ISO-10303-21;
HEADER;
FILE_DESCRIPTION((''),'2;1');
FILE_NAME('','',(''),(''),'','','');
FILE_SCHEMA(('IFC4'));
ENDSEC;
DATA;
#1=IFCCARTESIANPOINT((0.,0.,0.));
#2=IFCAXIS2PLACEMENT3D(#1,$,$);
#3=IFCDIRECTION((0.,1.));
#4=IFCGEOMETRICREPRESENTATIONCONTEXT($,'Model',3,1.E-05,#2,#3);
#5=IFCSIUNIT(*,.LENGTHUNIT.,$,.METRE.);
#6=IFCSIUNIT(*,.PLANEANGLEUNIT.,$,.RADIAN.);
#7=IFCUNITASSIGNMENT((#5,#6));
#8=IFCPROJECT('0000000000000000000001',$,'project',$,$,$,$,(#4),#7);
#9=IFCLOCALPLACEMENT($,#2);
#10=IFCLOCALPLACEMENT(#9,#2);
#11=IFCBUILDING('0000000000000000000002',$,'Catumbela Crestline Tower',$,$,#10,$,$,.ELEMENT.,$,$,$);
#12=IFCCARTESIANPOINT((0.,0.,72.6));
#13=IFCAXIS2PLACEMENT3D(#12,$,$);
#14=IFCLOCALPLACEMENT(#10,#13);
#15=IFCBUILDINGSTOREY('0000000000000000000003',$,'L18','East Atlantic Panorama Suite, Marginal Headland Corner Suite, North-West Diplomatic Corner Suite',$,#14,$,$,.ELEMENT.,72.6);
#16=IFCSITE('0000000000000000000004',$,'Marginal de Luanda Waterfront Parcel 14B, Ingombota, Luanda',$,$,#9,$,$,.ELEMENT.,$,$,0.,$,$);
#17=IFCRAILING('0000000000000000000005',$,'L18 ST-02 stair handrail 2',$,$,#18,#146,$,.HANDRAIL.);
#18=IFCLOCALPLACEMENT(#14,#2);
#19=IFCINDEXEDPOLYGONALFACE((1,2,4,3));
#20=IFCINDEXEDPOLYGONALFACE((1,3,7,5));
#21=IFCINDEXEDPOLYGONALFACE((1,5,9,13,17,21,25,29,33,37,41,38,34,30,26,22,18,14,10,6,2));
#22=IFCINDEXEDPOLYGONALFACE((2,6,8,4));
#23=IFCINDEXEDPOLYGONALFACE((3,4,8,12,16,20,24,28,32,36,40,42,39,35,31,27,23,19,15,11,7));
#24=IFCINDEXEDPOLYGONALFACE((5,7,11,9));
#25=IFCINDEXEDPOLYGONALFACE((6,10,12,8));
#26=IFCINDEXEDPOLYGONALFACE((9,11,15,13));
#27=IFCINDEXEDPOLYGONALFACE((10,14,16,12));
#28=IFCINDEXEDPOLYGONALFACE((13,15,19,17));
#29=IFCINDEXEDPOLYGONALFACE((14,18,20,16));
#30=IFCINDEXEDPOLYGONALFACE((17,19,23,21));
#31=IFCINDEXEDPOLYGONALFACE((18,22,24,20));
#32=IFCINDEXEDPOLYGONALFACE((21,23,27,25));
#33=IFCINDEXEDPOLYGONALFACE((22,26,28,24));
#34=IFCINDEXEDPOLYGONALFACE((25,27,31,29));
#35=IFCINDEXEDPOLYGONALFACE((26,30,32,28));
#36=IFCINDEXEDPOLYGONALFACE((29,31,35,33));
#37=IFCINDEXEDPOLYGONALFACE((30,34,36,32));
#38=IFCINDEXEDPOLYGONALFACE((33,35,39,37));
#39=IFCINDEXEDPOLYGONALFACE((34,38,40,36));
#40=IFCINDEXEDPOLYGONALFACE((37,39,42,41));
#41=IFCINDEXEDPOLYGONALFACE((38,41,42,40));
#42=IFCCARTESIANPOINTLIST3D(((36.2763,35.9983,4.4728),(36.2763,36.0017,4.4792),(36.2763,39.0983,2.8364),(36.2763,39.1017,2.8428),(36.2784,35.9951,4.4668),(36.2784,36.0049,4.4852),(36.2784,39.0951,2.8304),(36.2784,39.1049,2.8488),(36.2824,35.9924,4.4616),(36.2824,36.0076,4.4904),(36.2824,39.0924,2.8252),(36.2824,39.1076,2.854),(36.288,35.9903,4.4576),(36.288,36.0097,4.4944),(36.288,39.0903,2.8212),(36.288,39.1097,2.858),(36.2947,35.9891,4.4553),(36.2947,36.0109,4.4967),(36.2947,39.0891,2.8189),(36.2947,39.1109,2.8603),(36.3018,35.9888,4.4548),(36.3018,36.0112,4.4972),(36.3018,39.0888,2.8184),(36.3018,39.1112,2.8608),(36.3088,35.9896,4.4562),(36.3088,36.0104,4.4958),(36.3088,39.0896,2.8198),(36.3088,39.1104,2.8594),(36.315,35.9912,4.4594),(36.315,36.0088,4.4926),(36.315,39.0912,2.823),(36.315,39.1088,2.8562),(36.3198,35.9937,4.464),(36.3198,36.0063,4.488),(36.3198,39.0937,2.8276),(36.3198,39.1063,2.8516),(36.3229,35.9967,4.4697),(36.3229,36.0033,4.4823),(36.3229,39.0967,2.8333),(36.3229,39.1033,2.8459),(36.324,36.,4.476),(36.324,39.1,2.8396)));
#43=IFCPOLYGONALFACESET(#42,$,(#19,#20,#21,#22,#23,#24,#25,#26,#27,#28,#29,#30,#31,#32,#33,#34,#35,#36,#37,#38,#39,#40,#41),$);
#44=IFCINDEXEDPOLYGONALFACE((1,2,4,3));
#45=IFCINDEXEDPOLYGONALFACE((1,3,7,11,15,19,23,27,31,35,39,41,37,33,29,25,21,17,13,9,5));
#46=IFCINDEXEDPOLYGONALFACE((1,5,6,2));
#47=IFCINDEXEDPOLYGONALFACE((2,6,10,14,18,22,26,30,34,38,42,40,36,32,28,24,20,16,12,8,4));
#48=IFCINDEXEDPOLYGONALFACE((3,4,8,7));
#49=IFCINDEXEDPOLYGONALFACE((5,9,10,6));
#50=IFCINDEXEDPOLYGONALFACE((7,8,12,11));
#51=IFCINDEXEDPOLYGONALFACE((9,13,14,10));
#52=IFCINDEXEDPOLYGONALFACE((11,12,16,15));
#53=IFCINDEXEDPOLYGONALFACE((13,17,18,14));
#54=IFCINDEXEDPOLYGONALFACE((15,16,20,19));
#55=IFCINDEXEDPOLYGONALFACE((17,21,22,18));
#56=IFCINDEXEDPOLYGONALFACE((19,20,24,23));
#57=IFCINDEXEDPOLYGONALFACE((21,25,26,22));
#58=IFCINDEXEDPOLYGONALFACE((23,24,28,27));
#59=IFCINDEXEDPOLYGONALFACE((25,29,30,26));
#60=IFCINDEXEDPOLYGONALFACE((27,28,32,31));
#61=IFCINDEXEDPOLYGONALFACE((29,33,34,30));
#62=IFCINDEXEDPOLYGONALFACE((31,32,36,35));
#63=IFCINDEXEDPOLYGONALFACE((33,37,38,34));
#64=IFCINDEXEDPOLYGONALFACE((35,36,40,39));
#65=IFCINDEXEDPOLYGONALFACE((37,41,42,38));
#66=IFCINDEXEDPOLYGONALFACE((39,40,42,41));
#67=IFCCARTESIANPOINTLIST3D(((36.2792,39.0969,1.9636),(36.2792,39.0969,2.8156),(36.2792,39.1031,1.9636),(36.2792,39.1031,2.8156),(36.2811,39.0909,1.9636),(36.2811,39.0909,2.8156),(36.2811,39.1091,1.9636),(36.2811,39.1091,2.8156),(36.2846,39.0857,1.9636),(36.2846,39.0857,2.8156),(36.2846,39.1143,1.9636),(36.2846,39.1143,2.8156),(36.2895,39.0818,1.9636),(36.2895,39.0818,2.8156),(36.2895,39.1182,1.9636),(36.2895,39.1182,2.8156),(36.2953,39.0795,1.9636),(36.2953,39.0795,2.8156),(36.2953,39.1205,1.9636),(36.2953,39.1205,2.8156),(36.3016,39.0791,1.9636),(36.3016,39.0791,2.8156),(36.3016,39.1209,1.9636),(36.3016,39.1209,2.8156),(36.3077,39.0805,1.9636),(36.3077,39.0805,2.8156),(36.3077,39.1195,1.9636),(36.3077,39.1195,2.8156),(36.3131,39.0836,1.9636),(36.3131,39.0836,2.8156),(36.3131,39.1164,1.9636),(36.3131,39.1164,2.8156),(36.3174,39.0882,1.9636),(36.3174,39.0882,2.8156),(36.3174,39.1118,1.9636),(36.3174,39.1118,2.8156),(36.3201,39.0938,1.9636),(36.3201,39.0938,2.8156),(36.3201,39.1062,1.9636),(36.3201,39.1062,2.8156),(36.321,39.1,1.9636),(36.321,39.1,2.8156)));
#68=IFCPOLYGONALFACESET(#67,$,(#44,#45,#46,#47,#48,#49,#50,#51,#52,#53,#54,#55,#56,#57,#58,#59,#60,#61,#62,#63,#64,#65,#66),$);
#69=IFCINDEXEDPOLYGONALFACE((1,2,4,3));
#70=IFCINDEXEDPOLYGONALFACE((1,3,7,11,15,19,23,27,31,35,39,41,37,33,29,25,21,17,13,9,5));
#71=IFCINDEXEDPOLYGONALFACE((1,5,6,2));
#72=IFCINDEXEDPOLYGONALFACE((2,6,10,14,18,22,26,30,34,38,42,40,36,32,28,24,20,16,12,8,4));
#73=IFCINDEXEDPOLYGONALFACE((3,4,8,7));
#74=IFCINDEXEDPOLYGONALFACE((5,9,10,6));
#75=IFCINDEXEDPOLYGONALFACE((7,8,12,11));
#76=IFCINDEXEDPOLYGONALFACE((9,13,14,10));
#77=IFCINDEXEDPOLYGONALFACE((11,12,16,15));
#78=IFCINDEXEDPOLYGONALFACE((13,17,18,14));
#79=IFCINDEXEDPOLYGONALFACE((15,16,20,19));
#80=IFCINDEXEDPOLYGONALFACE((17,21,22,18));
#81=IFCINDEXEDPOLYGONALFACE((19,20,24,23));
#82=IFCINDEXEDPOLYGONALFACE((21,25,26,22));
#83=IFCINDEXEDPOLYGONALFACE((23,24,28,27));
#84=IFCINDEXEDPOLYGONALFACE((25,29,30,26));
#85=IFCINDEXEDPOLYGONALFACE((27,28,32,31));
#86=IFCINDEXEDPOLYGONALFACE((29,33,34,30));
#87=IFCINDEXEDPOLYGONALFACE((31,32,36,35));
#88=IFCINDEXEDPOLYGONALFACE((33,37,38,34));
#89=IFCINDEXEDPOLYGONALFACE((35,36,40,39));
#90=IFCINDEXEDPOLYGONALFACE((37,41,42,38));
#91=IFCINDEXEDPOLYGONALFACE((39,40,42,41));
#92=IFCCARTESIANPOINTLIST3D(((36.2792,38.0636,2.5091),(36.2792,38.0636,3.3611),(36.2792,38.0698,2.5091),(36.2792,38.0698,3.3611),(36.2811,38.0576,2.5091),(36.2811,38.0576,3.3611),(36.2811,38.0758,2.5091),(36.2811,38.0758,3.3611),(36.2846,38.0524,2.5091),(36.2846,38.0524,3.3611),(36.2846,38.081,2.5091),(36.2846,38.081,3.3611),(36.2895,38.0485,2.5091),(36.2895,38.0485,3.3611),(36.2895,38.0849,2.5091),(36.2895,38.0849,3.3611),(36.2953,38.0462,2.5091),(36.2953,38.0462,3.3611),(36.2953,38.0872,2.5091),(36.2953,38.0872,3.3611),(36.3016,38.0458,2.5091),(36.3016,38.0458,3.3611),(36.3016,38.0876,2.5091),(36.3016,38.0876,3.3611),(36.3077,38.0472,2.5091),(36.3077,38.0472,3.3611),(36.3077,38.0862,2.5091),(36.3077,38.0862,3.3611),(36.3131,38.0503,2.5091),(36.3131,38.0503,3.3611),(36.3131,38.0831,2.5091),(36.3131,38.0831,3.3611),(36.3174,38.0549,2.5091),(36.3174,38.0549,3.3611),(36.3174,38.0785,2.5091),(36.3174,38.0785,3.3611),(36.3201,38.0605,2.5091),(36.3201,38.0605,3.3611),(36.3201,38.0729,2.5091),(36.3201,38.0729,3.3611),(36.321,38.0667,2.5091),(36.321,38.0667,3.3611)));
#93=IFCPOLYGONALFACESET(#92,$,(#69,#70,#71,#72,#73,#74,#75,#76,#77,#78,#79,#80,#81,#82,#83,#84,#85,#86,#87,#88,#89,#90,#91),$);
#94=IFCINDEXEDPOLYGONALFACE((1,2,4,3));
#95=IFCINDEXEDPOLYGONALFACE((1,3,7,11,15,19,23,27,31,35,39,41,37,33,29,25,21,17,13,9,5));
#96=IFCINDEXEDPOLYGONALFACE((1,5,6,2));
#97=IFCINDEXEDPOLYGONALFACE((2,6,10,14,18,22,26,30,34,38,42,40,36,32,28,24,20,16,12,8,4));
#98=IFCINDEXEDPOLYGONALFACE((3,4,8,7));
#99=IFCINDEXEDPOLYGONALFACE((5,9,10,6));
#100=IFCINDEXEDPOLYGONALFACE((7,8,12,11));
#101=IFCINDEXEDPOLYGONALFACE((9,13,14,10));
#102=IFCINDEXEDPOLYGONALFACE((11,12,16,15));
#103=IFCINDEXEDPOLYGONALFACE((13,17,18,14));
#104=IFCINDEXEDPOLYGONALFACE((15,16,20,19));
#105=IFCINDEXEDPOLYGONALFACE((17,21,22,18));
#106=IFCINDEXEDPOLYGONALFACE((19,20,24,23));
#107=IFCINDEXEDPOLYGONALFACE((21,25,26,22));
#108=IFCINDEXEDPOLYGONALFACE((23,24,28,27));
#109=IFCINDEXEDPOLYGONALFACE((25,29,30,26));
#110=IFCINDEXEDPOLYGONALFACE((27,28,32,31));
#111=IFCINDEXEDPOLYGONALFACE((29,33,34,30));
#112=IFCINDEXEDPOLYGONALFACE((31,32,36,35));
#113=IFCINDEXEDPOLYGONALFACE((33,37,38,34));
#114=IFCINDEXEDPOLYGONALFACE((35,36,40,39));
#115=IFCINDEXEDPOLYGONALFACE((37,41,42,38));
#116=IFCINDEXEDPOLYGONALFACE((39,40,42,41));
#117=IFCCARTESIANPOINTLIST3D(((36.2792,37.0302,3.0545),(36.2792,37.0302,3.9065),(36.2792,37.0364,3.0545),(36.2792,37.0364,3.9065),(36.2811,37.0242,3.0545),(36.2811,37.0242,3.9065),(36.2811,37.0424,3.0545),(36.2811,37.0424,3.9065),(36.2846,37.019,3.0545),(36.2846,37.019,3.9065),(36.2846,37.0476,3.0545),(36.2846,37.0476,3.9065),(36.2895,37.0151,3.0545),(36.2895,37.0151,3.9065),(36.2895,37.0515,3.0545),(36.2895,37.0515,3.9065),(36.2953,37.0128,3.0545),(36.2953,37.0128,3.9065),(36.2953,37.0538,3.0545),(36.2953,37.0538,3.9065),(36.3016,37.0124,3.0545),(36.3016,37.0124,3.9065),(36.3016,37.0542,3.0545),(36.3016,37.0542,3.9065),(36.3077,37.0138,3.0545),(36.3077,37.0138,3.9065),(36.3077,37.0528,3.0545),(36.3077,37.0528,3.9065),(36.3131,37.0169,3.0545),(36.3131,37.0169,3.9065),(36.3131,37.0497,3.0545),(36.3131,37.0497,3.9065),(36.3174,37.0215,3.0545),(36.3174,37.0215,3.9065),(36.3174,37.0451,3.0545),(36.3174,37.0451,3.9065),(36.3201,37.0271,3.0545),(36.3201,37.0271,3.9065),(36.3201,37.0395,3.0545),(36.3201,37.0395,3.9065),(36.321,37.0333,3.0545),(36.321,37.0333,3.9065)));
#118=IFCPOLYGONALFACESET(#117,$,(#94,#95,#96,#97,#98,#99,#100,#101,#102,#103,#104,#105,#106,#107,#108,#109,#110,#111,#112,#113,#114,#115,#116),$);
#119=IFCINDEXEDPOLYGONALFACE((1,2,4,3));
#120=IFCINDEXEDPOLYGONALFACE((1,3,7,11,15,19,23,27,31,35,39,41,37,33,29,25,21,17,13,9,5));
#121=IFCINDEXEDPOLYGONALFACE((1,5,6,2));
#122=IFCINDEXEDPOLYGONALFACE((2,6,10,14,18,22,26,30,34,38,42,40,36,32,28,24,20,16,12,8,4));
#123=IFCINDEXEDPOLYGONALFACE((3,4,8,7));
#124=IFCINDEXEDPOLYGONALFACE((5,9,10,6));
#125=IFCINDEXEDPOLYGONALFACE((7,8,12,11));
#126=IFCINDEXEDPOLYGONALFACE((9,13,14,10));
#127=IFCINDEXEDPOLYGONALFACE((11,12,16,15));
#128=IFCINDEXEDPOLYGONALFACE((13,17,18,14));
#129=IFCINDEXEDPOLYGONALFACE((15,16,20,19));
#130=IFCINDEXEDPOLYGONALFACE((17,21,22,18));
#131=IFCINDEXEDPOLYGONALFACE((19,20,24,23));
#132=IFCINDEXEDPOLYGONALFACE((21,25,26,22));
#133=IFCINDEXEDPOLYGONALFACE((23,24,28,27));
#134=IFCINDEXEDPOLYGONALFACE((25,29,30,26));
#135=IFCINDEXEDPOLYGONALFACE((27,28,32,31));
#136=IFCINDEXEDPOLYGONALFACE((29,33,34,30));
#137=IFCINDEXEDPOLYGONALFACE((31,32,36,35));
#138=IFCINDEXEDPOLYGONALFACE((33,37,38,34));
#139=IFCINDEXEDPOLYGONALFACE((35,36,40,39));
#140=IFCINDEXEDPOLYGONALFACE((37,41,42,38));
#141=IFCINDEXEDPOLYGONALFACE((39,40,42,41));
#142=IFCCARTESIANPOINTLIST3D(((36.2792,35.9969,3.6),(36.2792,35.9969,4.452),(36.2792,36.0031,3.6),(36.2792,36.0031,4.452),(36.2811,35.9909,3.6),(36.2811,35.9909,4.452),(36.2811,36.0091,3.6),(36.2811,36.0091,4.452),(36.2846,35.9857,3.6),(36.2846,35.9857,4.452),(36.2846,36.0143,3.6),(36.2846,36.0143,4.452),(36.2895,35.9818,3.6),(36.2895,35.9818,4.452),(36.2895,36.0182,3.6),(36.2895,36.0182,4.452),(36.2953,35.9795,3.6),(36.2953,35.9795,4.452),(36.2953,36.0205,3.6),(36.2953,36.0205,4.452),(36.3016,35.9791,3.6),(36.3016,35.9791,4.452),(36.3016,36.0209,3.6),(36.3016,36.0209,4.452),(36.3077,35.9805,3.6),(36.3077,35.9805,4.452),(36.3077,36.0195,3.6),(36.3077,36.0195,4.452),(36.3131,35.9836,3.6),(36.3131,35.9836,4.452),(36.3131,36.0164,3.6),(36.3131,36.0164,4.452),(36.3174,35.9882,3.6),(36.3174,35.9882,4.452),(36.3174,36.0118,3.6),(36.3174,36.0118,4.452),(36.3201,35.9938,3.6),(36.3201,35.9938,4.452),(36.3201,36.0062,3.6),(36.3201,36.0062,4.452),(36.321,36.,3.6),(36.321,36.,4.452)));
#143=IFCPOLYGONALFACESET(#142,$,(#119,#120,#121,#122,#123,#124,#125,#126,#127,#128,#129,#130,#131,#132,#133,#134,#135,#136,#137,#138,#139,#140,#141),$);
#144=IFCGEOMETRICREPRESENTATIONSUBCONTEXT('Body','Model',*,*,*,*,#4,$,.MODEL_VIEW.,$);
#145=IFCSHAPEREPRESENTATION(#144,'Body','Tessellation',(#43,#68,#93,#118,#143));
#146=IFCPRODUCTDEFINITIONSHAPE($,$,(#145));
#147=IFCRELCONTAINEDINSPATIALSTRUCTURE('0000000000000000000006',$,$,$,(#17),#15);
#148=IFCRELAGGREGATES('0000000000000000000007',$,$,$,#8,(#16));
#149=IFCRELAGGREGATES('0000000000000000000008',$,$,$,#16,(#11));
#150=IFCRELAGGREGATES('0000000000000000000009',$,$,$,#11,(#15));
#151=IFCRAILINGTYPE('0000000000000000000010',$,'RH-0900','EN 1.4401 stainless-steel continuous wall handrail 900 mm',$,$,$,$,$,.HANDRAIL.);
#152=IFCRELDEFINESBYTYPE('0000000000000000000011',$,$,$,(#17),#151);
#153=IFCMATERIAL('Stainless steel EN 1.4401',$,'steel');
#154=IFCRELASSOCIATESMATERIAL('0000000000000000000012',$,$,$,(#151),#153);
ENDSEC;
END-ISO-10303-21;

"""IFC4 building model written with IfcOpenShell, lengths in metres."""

from ifc_helpers import new_model, si_unit, direction, frame, origin, origin_2d, place, context, subcontext, project, spatial, circle, extrude, material, type_object, element, save


model = new_model("IFC4")

# Units and contexts
model_context = context("Model", 3, precision=1e-05, world=origin(), true_north=direction((0.0, 1.0)))
body_context = subcontext(model_context, "Body", "Model", "MODEL_VIEW")
ifc_project = project(units=[si_unit("LENGTHUNIT", "METRE"), si_unit("PLANEANGLEUNIT", "RADIAN")], contexts=[model_context])

# Site, building, storey
site_placement = place(None, origin())
site = spatial("IfcSite", under=ifc_project, at=site_placement, Name="Marginal de Luanda Waterfront Parcel 14B, Ingombota, Luanda", CompositionType="ELEMENT", RefElevation=0.0)
building_placement = place(site_placement, origin())
building = spatial("IfcBuilding", under=site, at=building_placement, Name="Catumbela Crestline Tower", CompositionType="ELEMENT")
storey_placement = place(building_placement, frame((0.0, 0.0, 72.6)))
storey = spatial("IfcBuildingStorey", under=building, at=storey_placement, Name="L18", Description="East Atlantic Panorama Suite, Marginal Headland Corner Suite, North-West Diplomatic Corner Suite", CompositionType="ELEMENT", Elevation=72.6)

# Shared definitions
ifc_material_1 = material(Name="Stainless steel EN 1.4401", Category="steel")

# Railing
railing_type_1 = type_object("IfcRailingType", Name="RH-0900", Description="EN 1.4401 stainless-steel continuous wall handrail 900 mm", PredefinedType="HANDRAIL", material=ifc_material_1)
railing_1_placement = place(storey_placement, frame((36.3, 39.1, 1.9636)))
element("IfcRailing", 1, at=railing_1_placement, inside=storey, type_object=railing_type_1, Name="L18 ST-02 stair handrail 2", PredefinedType="HANDRAIL", context=body_context, shape_type="SweptSolid", body=[
    extrude(circle(Radius=0.024, at=origin_2d()), frame((0.0, 0.0, 0.876), z_axis=(0.0, -0.884351, 0.466823), x_axis=(1.0, 0.0, 0.0)), (0.0, 0.0, 1.0), 3.5054),
    extrude(circle(Radius=0.021, at=origin_2d()), origin(), (0.0, 0.0, 1.0), 0.852),
    extrude(circle(Radius=0.021, at=origin_2d()), frame((0.0, -1.0333, 0.5455)), (0.0, 0.0, 1.0), 0.852),
    extrude(circle(Radius=0.021, at=origin_2d()), frame((0.0, -2.0667, 1.0909)), (0.0, 0.0, 1.0), 0.852),
    extrude(circle(Radius=0.021, at=origin_2d()), frame((0.0, -3.1, 1.6364)), (0.0, 0.0, 1.0), 0.852),
])

save(model, "model.ifc")
